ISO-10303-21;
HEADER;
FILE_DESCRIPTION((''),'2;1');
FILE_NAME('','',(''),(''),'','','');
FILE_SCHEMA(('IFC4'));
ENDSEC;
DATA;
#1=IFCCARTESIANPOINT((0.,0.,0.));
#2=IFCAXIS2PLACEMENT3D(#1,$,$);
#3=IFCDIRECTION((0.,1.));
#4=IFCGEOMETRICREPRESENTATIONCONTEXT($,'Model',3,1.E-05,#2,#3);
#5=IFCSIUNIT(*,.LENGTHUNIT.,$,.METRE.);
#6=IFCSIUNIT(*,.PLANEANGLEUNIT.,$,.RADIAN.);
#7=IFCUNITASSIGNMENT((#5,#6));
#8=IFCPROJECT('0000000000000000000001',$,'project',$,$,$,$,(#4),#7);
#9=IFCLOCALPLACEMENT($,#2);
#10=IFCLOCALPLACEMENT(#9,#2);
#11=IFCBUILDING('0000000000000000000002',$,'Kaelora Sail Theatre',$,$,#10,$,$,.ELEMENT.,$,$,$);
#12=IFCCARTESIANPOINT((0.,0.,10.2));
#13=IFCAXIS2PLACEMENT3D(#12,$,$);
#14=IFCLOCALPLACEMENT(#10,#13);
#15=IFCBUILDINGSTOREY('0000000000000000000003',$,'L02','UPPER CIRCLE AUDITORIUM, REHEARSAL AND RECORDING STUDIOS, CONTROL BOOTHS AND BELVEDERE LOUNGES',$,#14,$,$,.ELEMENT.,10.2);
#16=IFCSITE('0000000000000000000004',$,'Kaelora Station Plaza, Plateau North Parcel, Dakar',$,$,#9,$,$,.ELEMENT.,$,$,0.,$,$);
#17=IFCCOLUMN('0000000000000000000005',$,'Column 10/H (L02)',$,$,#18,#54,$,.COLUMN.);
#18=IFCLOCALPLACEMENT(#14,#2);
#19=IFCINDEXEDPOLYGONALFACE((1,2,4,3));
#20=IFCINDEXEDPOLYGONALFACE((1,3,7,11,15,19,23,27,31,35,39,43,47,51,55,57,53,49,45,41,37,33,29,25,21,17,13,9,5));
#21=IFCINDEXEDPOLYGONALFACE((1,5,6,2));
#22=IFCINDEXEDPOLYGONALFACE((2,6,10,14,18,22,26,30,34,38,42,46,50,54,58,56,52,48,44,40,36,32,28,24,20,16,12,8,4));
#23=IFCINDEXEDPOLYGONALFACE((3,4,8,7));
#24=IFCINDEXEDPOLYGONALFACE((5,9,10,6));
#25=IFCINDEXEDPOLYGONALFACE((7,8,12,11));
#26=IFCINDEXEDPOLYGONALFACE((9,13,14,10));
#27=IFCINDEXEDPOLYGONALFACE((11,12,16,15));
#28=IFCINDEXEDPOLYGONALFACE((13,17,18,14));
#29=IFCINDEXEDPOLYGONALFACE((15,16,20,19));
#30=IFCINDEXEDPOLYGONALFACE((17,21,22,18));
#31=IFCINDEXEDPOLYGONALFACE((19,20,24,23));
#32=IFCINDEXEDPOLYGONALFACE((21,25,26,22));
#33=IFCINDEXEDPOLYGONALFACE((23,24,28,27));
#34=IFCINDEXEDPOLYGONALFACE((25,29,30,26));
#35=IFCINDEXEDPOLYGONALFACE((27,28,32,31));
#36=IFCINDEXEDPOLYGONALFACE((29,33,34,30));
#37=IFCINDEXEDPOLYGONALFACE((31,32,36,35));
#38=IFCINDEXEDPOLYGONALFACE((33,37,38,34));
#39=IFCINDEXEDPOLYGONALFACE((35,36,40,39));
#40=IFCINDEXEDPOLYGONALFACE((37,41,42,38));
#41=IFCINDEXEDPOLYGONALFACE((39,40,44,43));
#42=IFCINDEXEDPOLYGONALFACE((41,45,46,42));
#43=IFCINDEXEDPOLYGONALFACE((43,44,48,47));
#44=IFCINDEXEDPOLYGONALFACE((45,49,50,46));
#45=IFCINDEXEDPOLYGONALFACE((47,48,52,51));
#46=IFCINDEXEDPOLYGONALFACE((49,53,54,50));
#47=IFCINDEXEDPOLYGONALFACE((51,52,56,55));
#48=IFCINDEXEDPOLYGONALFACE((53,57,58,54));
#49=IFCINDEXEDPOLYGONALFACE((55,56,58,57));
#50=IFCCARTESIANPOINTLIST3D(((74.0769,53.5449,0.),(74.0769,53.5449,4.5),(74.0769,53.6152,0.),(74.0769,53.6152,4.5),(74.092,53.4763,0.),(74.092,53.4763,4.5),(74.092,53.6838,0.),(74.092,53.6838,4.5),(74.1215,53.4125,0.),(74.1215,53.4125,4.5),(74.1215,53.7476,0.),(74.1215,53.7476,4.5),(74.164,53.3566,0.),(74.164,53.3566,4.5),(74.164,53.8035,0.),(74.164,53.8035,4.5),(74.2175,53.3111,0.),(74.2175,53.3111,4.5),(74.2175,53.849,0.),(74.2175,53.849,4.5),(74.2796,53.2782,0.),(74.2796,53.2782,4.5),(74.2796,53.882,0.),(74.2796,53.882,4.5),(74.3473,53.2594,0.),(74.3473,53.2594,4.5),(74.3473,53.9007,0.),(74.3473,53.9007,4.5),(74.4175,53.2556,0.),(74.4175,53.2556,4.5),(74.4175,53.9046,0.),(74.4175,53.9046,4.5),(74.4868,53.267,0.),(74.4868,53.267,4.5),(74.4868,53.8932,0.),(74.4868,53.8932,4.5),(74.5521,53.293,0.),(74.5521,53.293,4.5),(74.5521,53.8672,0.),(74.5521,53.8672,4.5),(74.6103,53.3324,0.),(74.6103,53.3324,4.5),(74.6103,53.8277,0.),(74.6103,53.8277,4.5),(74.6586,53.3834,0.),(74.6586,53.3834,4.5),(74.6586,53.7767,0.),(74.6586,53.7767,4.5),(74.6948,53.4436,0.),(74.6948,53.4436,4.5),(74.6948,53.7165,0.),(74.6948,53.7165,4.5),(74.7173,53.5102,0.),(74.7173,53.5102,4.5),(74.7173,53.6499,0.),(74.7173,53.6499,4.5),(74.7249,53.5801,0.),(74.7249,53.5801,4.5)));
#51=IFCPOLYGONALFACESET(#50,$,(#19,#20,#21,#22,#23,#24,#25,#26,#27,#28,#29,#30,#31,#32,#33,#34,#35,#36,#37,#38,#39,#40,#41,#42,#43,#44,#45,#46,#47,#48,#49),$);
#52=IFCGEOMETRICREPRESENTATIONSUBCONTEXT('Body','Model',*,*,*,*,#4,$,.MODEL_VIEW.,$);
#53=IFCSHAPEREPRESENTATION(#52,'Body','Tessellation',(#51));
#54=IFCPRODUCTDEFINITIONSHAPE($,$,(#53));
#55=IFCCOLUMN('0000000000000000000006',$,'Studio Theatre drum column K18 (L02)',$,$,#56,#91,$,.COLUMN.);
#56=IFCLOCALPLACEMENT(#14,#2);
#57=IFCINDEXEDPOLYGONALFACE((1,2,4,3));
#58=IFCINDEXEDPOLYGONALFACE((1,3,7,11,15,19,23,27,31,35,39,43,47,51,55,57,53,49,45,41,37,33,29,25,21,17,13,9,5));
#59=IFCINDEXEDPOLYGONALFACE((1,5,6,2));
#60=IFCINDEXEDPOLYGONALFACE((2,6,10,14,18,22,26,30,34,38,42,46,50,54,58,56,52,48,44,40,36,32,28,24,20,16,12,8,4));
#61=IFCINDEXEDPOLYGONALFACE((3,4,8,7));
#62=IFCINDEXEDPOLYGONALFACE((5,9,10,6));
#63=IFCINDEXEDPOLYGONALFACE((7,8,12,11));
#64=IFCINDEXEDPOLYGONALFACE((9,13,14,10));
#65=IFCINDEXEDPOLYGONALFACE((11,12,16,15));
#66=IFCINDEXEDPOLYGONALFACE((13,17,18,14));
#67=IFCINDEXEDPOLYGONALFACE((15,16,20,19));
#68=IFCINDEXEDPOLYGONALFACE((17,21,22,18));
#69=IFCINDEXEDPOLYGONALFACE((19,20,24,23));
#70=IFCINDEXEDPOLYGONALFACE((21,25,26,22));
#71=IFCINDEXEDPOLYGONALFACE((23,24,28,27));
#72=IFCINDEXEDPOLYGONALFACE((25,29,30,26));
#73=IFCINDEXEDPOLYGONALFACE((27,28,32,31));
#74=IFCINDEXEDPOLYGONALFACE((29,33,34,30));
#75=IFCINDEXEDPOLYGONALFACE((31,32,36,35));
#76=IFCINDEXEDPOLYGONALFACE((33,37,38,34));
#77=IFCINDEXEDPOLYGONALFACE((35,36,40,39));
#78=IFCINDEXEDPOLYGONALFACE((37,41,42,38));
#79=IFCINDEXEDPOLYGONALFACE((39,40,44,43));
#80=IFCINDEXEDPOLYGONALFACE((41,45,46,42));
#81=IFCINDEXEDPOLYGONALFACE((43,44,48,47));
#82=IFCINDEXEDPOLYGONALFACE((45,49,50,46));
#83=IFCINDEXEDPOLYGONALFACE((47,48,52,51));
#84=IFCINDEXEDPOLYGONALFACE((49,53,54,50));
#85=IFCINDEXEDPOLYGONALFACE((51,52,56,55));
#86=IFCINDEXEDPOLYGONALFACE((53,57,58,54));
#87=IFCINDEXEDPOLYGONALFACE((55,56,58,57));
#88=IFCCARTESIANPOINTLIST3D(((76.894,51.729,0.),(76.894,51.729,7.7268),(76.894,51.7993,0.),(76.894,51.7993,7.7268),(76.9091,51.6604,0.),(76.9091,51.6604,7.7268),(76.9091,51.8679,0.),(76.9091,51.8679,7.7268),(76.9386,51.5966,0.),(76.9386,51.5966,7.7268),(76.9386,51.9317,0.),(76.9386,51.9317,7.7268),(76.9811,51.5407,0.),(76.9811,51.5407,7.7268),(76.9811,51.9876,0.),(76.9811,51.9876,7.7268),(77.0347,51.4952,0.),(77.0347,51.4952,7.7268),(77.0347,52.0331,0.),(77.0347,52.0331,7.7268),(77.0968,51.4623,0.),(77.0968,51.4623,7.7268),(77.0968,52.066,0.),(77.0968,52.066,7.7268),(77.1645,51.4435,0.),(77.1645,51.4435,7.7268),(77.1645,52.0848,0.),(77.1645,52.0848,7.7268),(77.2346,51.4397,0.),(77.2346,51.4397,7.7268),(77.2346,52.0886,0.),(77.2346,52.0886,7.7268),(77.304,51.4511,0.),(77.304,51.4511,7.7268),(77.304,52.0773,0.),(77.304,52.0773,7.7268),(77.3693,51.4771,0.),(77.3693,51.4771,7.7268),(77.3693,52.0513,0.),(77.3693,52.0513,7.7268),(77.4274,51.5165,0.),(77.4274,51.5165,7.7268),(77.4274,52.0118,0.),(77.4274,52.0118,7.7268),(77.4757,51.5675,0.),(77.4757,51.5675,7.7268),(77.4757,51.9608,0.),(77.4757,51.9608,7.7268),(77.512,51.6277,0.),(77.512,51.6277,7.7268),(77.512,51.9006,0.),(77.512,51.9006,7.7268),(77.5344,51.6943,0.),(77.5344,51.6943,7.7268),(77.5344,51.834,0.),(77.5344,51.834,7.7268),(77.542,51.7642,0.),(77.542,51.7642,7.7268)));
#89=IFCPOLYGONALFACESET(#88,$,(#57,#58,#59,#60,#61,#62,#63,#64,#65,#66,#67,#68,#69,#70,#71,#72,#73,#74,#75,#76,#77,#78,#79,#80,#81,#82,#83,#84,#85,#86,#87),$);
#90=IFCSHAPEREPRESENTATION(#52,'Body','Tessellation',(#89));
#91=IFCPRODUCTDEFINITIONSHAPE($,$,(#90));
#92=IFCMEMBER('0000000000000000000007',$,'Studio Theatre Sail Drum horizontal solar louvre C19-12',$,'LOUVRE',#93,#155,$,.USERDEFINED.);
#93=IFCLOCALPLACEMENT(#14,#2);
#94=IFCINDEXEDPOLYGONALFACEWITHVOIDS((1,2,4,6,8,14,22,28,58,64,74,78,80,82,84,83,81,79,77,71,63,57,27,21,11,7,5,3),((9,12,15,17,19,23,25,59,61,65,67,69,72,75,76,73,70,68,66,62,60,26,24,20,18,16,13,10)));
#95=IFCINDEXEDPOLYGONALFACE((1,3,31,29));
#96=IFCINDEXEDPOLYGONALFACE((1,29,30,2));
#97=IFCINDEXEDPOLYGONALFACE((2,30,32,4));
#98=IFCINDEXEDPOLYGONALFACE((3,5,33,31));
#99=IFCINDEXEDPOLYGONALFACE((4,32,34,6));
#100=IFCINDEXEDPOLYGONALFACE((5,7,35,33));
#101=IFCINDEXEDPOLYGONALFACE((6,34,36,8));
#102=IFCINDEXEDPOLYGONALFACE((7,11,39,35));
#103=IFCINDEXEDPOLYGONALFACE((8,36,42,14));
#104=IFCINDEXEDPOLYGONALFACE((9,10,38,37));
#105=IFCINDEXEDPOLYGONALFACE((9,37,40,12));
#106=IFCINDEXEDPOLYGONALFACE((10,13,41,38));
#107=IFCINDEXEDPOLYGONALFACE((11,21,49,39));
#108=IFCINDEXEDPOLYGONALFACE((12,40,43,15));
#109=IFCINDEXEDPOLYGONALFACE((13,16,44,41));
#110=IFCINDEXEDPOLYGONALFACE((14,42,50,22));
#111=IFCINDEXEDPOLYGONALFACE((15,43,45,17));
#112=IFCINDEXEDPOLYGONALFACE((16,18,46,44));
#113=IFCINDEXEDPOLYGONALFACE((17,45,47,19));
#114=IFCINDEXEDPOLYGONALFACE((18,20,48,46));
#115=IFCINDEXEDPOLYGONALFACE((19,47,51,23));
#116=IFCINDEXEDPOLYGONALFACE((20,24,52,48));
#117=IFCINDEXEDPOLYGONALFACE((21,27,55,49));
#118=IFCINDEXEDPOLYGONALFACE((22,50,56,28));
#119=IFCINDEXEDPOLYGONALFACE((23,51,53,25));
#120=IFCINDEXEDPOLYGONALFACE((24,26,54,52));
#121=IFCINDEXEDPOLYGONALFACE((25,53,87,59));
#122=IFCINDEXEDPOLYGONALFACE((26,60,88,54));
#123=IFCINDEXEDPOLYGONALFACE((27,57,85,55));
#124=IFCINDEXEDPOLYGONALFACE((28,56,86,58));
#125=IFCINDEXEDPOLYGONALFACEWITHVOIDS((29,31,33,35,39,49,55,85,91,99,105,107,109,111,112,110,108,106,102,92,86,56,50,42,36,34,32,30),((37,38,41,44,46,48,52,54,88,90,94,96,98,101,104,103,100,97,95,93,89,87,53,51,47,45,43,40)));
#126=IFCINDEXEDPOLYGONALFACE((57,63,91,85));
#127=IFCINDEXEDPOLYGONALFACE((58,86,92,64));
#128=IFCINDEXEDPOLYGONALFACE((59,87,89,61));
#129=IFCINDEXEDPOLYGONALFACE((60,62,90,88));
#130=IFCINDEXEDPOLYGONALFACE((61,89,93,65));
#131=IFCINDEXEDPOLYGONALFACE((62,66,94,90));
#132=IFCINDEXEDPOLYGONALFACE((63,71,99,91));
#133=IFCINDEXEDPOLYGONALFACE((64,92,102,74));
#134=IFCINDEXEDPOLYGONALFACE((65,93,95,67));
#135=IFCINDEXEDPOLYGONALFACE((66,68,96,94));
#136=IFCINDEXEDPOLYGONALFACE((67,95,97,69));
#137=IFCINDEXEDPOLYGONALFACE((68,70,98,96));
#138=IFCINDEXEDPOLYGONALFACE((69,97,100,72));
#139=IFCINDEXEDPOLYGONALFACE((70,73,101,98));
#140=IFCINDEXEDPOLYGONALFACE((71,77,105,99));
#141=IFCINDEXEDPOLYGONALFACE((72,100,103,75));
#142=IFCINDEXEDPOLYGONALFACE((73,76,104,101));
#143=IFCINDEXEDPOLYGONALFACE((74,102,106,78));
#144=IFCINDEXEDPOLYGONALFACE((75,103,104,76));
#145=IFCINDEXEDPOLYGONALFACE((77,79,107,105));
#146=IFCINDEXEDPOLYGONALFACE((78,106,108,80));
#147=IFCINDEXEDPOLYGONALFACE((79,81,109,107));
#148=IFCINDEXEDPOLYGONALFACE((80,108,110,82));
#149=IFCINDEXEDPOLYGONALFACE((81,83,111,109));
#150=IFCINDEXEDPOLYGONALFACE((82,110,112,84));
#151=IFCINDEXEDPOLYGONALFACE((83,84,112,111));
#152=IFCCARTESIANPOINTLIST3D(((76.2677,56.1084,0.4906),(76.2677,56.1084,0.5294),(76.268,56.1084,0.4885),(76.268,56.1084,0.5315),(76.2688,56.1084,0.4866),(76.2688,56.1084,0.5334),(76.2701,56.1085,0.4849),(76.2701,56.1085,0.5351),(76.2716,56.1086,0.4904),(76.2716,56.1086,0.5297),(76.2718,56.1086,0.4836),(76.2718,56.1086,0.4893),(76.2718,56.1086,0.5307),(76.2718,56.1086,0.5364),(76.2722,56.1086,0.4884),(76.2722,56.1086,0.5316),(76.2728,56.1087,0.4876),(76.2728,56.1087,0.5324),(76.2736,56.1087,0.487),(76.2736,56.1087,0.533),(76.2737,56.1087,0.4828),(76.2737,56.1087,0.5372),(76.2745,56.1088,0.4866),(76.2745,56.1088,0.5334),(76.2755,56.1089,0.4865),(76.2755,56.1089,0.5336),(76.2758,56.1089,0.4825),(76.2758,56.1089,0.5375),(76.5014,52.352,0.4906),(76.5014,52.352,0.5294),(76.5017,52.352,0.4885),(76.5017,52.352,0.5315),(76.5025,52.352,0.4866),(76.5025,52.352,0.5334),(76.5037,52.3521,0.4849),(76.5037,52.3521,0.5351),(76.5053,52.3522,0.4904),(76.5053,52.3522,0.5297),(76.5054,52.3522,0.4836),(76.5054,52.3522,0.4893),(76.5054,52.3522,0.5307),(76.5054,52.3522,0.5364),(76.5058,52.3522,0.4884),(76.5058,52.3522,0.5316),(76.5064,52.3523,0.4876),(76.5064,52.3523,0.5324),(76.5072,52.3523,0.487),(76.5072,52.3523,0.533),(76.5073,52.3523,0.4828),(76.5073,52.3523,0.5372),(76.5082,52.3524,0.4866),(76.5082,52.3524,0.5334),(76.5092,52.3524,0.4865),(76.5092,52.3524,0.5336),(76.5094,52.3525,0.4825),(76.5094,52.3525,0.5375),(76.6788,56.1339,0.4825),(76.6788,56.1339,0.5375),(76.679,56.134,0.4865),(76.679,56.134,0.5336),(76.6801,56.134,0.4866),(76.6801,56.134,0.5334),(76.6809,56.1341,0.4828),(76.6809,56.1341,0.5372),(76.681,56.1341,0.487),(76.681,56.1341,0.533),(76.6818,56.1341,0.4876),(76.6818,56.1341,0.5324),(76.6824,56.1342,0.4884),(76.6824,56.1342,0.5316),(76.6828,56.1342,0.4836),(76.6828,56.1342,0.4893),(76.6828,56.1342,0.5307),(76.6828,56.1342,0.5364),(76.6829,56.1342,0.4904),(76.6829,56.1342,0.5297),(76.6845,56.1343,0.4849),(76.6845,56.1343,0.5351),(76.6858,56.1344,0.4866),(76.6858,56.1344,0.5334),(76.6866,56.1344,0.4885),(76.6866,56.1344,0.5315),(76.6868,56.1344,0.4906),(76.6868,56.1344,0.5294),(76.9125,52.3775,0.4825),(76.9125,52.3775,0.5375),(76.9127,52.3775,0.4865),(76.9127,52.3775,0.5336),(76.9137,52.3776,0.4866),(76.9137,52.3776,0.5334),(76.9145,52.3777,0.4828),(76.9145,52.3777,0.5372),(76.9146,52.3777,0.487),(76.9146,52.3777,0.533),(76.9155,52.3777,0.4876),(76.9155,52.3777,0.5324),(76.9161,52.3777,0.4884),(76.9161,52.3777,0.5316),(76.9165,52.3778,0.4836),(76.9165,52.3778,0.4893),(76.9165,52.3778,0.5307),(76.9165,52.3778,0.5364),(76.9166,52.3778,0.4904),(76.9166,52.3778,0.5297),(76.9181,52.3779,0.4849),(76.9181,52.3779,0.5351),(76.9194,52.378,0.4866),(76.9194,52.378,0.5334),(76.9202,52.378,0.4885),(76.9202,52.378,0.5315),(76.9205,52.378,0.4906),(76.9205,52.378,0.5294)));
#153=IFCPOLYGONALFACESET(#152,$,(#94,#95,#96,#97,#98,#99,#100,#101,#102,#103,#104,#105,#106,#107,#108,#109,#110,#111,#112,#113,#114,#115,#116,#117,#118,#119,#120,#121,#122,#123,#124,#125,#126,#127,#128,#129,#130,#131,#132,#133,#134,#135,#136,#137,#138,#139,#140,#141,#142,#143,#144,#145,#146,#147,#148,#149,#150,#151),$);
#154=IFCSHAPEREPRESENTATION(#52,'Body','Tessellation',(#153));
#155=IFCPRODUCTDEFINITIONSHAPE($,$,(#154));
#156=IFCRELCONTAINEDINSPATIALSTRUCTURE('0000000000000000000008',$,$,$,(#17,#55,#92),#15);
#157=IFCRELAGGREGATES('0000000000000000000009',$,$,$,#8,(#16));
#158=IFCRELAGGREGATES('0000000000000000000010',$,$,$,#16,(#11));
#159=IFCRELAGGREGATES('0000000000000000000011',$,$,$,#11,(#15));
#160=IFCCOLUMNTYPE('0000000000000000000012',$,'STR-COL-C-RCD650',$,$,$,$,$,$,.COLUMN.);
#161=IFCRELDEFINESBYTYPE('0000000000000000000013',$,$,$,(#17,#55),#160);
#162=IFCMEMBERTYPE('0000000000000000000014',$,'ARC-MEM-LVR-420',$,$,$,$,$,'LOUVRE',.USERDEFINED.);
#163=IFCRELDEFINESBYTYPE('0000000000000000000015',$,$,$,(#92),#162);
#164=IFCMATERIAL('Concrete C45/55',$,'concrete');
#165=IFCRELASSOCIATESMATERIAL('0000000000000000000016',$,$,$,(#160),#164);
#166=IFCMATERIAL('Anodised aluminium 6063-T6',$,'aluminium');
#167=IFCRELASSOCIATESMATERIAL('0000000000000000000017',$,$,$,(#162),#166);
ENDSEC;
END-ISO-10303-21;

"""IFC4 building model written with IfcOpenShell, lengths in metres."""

from ifc_helpers import new_model, si_unit, direction, frame, origin, origin_2d, place, context, subcontext, project, spatial, hollow_rectangle, circle, extrude, material, material_profile, profile_set, type_object, element, save


model = new_model("IFC4")

# Units and contexts
model_context = context("Model", 3, precision=1e-05, world=origin(), true_north=direction((0.0, 1.0)))
body_context = subcontext(model_context, "Body", "Model", "MODEL_VIEW")
ifc_project = project(units=[si_unit("LENGTHUNIT", "METRE"), si_unit("PLANEANGLEUNIT", "RADIAN")], contexts=[model_context])

# Site, building, storey
site_placement = place(None, origin())
site = spatial("IfcSite", under=ifc_project, at=site_placement, Name="Kaelora Station Plaza, Plateau North Parcel, Dakar", CompositionType="ELEMENT", RefElevation=0.0)
building_placement = place(site_placement, origin())
building = spatial("IfcBuilding", under=site, at=building_placement, Name="Kaelora Sail Theatre", CompositionType="ELEMENT")
storey_placement = place(building_placement, frame((0.0, 0.0, 10.2)))
storey = spatial("IfcBuildingStorey", under=building, at=storey_placement, Name="L02", Description="UPPER CIRCLE AUDITORIUM, REHEARSAL AND RECORDING STUDIOS, CONTROL BOOTHS AND BELVEDERE LOUNGES", CompositionType="ELEMENT", Elevation=10.2)

# Columns
ifc_material_1 = material(Name="Concrete C45/55", Category="concrete")
ifc_material_profile_1 = material_profile(ifc_material_1, circle(Radius=0.325, at=origin_2d()), Name="RC-CCOL D650")
ifc_profile_set_1 = profile_set([ifc_material_profile_1], Name="Concrete C45/55")
column_type = type_object("IfcColumnType", Name="STR-COL-C-RCD650", PredefinedType="COLUMN", material=ifc_profile_set_1)
column_1_placement = place(storey_placement, frame((74.3999, 53.5801, 0.0), z_axis=(0.0, 0.0, 1.0), x_axis=(1.0, 0.0, 0.0)))
element("IfcColumn", 1, at=column_1_placement, inside=storey, type_object=column_type, Name="Column 10/H (L02)", PredefinedType="COLUMN", context=body_context, shape_type="SweptSolid", body=[
    extrude(circle(Radius=0.325, at=origin_2d()), origin(), (0.0, 0.0, 1.0), 4.5),
])
column_2_placement = place(storey_placement, frame((77.217, 51.7642, 0.0), z_axis=(0.0, 0.0, 1.0), x_axis=(1.0, 0.0, 0.0)))
element("IfcColumn", 2, at=column_2_placement, inside=storey, type_object=column_type, Name="Studio Theatre drum column K18 (L02)", PredefinedType="COLUMN", context=body_context, shape_type="SweptSolid", body=[
    extrude(circle(Radius=0.325, at=origin_2d()), origin(), (0.0, 0.0, 1.0), 7.7268),
])

# Member
ifc_material_2 = material(Name="Anodised aluminium 6063-T6", Category="aluminium")
ifc_material_profile_2 = material_profile(ifc_material_2, hollow_rectangle(XDim=0.4199, YDim=0.0549, WallThickness=0.0039, InnerFilletRadius=0.0039, OuterFilletRadius=0.0081, at=origin_2d()), Name="LOUVRE 420x55x4")
ifc_profile_set_2 = profile_set([ifc_material_profile_2], Name="Anodised aluminium 6063-T6")
member_type_1 = type_object("IfcMemberType", Name="ARC-MEM-LVR-420", ElementType="LOUVRE", PredefinedType="USERDEFINED", material=ifc_profile_set_2)
for number, where, z_axis, x_axis, name in (
    (3, (76.7109, 52.365, 0.51), (-0.062079, 0.998071, 0.0), (-0.998071, -0.062079, 0.0), "Studio Theatre Sail Drum horizontal solar louvre C19-12"),
):
    element("IfcMember", number, at=place(storey_placement, frame(where, z_axis=z_axis, x_axis=x_axis)), inside=storey, type_object=member_type_1, Name=name, ObjectType="LOUVRE", PredefinedType="USERDEFINED", context=body_context, shape_type="SweptSolid", body=[
        extrude(hollow_rectangle(XDim=0.4199, YDim=0.0549, WallThickness=0.0039, InnerFilletRadius=0.0039, OuterFilletRadius=0.0081, at=origin_2d()), origin(), (0.0, 0.0, 1.0), 3.7637),
    ])

save(model, "model.ifc")
